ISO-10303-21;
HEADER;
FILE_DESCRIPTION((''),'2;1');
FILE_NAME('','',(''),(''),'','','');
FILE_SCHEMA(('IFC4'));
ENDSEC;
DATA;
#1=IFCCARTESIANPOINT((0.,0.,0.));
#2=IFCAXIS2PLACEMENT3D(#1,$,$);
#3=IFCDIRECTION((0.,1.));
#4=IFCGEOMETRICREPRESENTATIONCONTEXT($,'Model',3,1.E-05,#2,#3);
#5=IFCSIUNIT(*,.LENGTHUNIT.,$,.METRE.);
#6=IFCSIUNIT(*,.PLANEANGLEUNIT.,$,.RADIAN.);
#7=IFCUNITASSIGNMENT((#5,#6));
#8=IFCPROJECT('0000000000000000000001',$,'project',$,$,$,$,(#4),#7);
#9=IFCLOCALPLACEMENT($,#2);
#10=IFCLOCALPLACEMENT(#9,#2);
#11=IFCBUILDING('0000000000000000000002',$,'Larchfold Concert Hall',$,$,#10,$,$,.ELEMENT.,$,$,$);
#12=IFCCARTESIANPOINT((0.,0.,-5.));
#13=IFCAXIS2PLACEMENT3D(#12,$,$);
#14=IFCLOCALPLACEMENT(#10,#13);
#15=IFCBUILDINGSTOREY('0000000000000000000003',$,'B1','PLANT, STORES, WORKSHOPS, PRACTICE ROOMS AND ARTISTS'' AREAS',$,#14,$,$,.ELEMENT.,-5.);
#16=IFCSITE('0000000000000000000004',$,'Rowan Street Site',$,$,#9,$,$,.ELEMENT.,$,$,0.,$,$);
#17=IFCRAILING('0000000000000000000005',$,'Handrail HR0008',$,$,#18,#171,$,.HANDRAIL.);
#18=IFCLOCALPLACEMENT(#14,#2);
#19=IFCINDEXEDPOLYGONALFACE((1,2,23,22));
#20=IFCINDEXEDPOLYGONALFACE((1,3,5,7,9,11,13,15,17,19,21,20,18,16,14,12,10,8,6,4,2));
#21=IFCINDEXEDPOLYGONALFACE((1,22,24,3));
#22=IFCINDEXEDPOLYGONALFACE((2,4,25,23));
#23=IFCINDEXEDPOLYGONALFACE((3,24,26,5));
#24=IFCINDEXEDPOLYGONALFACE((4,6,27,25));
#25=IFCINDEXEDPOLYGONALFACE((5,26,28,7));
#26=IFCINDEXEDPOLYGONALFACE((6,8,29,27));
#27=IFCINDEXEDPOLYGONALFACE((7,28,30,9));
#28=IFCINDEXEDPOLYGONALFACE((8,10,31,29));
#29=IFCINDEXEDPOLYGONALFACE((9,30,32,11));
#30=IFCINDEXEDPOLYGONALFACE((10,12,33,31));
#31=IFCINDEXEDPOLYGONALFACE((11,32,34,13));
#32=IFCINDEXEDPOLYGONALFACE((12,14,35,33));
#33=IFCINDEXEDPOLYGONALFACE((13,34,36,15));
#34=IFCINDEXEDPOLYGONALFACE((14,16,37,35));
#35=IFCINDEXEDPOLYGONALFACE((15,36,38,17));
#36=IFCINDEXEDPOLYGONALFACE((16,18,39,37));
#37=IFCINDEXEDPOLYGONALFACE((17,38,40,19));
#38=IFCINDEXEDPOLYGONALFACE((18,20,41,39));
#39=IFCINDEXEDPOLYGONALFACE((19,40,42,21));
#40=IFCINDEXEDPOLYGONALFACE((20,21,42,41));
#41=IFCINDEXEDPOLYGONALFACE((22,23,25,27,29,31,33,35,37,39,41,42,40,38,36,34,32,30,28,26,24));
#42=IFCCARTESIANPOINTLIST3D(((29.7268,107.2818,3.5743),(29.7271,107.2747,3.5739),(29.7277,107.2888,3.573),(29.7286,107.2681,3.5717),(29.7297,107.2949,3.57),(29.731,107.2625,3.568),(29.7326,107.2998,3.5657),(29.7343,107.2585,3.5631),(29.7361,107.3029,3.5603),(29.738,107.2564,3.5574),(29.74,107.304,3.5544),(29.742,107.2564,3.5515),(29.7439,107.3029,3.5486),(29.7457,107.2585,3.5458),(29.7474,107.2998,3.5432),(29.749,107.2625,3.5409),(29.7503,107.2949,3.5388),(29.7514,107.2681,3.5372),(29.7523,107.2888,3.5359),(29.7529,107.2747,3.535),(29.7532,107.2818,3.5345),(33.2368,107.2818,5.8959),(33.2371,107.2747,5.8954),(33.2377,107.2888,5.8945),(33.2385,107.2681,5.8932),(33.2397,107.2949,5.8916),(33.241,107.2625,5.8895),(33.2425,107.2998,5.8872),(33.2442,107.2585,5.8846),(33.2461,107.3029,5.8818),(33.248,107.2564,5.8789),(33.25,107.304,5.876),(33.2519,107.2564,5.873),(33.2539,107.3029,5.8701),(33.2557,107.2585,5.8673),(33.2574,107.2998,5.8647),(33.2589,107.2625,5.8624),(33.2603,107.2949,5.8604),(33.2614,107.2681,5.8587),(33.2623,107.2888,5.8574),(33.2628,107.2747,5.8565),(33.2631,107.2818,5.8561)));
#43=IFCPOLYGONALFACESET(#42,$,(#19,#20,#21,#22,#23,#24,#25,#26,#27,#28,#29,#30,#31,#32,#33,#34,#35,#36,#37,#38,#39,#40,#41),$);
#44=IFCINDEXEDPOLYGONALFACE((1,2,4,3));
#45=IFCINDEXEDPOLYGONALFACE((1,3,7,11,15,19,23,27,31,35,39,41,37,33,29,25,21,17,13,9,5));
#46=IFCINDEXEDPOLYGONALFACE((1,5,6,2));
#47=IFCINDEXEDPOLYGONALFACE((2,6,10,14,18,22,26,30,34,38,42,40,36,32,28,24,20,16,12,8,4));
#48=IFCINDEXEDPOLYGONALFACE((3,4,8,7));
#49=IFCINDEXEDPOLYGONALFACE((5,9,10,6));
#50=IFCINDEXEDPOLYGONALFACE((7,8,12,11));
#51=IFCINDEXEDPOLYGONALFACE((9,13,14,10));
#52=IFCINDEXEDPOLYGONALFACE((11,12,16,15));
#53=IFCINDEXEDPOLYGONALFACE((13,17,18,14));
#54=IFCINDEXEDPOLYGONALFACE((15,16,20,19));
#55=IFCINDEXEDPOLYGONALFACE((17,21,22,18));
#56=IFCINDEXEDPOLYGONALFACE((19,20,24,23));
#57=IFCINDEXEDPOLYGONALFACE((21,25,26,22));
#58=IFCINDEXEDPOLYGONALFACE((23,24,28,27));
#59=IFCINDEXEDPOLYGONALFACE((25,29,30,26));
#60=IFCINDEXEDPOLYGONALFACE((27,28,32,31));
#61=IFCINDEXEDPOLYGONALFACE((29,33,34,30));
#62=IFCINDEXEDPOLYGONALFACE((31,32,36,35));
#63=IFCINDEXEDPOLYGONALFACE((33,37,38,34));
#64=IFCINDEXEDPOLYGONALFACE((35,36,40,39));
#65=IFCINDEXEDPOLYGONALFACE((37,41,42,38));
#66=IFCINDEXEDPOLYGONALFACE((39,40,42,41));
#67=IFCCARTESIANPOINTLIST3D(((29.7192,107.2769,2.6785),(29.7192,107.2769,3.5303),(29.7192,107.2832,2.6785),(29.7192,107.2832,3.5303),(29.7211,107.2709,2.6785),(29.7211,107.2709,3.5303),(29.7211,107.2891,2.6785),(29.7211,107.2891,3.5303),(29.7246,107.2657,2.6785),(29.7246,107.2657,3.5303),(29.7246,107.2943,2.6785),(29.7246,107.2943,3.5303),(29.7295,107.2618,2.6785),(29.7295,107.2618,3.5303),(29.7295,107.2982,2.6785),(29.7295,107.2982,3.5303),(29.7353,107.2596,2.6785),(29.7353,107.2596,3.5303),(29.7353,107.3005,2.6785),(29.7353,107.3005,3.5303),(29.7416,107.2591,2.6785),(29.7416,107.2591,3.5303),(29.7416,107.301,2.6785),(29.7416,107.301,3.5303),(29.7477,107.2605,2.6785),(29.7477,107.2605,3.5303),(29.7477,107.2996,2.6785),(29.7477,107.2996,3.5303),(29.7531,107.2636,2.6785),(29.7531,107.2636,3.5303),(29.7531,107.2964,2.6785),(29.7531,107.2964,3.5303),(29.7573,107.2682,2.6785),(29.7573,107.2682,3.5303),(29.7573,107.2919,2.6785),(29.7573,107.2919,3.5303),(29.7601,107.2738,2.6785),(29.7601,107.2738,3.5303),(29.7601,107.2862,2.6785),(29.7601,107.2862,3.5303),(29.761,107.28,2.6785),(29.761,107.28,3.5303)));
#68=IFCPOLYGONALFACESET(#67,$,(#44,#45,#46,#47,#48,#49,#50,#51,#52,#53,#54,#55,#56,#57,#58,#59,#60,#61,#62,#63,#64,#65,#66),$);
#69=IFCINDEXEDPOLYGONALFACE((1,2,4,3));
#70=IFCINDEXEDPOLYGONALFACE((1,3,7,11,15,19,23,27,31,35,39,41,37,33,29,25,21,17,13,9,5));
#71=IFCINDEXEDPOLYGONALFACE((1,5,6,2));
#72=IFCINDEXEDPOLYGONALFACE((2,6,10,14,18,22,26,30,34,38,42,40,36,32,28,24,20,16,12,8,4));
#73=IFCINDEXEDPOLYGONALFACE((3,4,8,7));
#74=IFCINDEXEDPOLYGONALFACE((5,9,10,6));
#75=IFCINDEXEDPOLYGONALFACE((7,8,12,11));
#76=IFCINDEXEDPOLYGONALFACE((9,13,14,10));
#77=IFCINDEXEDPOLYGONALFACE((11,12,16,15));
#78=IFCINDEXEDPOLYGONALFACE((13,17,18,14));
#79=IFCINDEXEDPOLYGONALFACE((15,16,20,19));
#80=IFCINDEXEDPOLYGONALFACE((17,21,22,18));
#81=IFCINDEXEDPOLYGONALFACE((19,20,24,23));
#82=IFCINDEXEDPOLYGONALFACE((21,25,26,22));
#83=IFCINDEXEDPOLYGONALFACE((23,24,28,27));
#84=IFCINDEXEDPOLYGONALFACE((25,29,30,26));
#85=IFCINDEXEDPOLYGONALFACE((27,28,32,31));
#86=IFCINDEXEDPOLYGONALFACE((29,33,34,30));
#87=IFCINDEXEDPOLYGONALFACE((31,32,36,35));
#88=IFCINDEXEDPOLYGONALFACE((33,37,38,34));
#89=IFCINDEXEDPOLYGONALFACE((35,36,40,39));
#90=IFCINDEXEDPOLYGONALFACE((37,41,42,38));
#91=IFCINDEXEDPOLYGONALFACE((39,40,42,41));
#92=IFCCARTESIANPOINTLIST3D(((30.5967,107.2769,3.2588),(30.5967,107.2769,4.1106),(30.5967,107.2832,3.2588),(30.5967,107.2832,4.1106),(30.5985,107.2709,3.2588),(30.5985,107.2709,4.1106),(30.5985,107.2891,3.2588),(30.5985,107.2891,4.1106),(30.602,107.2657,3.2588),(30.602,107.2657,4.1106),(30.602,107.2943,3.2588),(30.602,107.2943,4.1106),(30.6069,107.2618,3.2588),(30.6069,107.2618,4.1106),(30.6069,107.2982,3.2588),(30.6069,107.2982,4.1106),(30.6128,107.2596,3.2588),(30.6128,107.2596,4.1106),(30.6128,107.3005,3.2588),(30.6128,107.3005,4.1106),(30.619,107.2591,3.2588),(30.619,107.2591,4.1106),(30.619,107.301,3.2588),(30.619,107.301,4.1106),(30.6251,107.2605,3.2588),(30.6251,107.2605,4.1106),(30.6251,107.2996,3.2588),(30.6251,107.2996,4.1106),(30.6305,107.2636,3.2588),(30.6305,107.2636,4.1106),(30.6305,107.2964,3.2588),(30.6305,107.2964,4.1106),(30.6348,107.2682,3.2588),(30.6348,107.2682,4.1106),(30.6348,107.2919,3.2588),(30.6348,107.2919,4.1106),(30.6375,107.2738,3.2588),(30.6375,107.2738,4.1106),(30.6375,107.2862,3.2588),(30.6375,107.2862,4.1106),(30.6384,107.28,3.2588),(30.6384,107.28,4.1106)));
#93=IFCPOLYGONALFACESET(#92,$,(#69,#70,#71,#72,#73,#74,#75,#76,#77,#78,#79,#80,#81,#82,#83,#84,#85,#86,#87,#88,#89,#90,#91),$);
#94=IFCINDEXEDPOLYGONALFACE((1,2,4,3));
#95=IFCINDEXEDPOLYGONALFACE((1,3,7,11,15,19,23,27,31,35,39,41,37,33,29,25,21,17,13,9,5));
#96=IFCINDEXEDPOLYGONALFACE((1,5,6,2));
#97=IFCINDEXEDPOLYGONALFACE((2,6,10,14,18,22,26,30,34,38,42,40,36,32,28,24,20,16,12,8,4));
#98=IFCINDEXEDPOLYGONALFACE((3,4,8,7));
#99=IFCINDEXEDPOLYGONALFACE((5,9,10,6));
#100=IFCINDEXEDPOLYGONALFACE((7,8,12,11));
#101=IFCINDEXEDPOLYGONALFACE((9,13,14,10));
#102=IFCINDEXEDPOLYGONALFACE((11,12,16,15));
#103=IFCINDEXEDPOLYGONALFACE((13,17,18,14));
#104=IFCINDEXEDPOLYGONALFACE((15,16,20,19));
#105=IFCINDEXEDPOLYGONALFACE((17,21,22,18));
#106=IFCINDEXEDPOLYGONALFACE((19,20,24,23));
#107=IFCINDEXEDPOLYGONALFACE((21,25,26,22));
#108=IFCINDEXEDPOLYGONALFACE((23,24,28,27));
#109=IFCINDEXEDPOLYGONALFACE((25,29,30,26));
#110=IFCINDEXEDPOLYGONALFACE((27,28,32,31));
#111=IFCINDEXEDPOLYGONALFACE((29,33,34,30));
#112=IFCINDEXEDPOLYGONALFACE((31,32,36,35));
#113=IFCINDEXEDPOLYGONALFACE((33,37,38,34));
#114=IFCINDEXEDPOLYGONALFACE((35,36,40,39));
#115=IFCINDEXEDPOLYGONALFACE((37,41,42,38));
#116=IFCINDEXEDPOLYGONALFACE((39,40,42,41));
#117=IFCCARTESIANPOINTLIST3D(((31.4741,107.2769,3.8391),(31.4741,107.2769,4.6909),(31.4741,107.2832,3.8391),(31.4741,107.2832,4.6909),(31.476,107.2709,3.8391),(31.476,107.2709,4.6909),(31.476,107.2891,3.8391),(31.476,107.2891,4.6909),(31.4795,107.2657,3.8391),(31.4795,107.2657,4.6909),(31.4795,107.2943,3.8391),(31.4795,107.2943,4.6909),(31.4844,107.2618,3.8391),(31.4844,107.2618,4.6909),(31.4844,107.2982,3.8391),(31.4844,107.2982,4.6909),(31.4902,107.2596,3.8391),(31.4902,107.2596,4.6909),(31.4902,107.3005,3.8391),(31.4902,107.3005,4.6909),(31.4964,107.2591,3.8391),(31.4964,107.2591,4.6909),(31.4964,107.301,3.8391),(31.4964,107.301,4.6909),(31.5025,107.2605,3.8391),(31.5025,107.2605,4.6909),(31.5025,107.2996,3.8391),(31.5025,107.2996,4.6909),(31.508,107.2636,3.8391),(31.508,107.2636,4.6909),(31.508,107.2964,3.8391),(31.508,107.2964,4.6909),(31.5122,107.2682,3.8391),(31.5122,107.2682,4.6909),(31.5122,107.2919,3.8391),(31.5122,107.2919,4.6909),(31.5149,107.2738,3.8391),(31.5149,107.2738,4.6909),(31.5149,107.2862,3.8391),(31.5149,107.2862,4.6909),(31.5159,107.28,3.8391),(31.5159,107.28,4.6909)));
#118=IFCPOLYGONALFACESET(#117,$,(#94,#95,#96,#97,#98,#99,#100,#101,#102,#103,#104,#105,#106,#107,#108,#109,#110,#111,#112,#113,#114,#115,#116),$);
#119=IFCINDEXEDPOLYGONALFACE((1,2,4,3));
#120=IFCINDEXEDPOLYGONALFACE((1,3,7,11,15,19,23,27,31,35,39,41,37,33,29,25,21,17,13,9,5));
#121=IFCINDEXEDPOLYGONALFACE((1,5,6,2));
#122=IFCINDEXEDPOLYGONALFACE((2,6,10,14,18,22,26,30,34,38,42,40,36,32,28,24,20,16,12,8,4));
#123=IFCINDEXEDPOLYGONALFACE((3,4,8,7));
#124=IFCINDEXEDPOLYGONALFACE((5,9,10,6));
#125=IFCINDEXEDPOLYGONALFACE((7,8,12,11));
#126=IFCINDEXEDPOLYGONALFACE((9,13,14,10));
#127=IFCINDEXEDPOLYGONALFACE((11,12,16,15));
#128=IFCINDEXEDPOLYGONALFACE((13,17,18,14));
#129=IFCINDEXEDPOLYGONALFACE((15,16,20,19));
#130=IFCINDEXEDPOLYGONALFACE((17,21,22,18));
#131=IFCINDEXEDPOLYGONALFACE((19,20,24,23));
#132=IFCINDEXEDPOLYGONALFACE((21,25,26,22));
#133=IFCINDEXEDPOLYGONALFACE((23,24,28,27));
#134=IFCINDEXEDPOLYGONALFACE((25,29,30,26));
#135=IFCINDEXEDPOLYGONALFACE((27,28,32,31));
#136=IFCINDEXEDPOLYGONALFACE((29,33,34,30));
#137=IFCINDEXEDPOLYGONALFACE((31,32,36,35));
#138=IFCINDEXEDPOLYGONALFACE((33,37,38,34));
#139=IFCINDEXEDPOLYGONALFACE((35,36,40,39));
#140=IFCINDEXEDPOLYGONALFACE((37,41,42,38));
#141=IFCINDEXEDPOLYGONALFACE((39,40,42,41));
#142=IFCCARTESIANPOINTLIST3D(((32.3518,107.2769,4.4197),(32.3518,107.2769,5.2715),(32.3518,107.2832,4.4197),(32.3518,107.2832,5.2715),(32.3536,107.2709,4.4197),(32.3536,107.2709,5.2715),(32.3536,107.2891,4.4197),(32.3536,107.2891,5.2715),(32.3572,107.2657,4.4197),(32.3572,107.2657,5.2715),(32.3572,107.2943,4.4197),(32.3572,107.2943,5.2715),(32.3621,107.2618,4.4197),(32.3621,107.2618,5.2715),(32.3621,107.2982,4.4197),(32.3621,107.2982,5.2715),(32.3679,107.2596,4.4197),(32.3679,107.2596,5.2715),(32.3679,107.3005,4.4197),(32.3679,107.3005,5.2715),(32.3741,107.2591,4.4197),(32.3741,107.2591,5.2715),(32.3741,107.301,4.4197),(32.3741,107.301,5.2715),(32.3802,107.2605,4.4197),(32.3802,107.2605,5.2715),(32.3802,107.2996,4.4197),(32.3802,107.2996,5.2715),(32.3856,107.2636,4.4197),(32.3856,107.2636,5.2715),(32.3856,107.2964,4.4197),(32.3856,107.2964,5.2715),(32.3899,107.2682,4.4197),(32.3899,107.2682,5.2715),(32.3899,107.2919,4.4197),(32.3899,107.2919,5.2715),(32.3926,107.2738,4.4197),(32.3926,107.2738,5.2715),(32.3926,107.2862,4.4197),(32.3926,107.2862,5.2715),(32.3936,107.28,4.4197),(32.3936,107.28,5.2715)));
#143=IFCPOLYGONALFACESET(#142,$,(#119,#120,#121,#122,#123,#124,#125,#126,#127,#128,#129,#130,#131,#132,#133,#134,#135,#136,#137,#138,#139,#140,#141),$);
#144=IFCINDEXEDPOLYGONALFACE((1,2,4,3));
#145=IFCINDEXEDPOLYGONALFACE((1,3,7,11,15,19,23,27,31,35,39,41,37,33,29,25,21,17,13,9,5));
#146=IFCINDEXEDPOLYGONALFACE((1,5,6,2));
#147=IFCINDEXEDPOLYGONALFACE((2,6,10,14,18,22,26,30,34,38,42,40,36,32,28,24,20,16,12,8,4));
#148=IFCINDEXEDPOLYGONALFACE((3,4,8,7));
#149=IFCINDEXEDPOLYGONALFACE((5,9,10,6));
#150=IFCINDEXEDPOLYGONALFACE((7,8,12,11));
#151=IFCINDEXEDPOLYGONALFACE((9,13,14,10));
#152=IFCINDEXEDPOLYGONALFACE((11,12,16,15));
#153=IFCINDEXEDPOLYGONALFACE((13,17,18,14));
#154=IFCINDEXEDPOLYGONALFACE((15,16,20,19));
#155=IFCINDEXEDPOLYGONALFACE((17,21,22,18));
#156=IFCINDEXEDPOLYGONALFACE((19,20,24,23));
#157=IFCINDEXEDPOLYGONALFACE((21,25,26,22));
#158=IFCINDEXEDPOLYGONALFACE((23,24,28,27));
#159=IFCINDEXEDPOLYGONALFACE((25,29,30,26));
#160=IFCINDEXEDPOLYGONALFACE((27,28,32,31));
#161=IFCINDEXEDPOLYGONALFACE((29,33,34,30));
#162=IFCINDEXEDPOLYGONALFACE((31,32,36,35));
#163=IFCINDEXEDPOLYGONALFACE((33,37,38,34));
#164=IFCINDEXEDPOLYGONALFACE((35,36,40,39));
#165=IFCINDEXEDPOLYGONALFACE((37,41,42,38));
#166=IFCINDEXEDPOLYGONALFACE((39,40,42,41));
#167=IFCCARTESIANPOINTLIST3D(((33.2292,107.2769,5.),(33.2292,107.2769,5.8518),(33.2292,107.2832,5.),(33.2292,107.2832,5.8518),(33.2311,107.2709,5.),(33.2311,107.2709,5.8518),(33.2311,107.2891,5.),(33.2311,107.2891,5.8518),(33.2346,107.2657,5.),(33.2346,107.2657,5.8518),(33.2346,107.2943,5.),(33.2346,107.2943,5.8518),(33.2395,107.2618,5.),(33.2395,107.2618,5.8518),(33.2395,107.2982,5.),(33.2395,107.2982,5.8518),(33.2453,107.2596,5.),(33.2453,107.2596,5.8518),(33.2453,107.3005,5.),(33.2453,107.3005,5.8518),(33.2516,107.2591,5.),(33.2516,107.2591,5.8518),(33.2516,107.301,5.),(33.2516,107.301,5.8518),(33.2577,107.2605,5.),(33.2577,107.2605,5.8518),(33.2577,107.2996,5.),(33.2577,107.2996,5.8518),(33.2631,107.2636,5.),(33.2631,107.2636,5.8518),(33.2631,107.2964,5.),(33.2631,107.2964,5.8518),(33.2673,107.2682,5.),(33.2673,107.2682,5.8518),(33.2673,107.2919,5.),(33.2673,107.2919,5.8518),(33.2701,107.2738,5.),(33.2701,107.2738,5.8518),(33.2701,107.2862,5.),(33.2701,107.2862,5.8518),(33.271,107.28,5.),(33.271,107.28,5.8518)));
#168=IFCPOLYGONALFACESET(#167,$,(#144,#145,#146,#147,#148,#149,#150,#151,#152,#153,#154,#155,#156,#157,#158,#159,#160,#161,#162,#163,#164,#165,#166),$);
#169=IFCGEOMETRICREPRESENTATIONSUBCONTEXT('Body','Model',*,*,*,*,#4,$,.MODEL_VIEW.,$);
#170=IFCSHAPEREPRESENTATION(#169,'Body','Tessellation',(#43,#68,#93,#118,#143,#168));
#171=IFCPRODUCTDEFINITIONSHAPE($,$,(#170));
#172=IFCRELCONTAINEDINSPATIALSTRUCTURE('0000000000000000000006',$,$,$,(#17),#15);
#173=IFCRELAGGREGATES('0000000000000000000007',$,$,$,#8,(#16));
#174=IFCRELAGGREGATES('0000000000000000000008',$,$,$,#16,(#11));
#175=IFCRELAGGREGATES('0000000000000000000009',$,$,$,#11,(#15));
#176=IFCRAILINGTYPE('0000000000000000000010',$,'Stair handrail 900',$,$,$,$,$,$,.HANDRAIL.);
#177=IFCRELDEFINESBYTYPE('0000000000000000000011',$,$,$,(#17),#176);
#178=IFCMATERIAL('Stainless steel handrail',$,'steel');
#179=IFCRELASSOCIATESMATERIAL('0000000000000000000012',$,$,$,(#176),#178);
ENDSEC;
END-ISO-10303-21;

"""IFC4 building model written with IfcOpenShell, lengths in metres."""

from ifc_helpers import new_model, si_unit, direction, frame, origin, origin_2d, place, context, subcontext, project, spatial, circle, extrude, material, type_object, element, save


model = new_model("IFC4")

# Units and contexts
model_context = context("Model", 3, precision=1e-05, world=origin(), true_north=direction((0.0, 1.0)))
body_context = subcontext(model_context, "Body", "Model", "MODEL_VIEW")
ifc_project = project(units=[si_unit("LENGTHUNIT", "METRE"), si_unit("PLANEANGLEUNIT", "RADIAN")], contexts=[model_context])

# Site, building, storey
site_placement = place(None, origin())
site = spatial("IfcSite", under=ifc_project, at=site_placement, Name="Rowan Street Site", CompositionType="ELEMENT", RefElevation=0.0)
building_placement = place(site_placement, origin())
building = spatial("IfcBuilding", under=site, at=building_placement, Name="Larchfold Concert Hall", CompositionType="ELEMENT")
storey_placement = place(building_placement, frame((0.0, 0.0, -5.0)))
storey = spatial("IfcBuildingStorey", under=building, at=storey_placement, Name="B1", Description="PLANT, STORES, WORKSHOPS, PRACTICE ROOMS AND ARTISTS' AREAS", CompositionType="ELEMENT", Elevation=-5.0)

# Railing
ifc_material_1 = material(Name="Stainless steel handrail", Category="steel")
railing_type_1 = type_object("IfcRailingType", Name="Stair handrail 900", PredefinedType="HANDRAIL", material=ifc_material_1)
railing_1_placement = place(storey_placement, frame((29.74, 107.28, 2.6785)))
element("IfcRailing", 1, at=railing_1_placement, inside=storey, type_object=railing_type_1, Name="Handrail HR0008", PredefinedType="HANDRAIL", context=body_context, shape_type="SweptSolid", body=[
    extrude(circle(Radius=0.0239, at=origin_2d()), frame((0.0, 0.0, 0.876), z_axis=(0.834071, 0.0, 0.551657), x_axis=(0.0, 1.0, 0.0)), (0.0, 0.0, 1.0), 4.2083),
    extrude(circle(Radius=0.021, at=origin_2d()), origin(), (0.0, 0.0, 1.0), 0.8518),
    extrude(circle(Radius=0.021, at=origin_2d()), frame((0.8774, 0.0, 0.5803)), (0.0, 0.0, 1.0), 0.8518),
    extrude(circle(Radius=0.021, at=origin_2d()), frame((1.7549, 0.0, 1.1606)), (0.0, 0.0, 1.0), 0.8518),
    extrude(circle(Radius=0.021, at=origin_2d()), frame((2.6326, 0.0, 1.7412)), (0.0, 0.0, 1.0), 0.8518),
    extrude(circle(Radius=0.021, at=origin_2d()), frame((3.51, 0.0, 2.3215)), (0.0, 0.0, 1.0), 0.8518),
])

save(model, "model.ifc")
